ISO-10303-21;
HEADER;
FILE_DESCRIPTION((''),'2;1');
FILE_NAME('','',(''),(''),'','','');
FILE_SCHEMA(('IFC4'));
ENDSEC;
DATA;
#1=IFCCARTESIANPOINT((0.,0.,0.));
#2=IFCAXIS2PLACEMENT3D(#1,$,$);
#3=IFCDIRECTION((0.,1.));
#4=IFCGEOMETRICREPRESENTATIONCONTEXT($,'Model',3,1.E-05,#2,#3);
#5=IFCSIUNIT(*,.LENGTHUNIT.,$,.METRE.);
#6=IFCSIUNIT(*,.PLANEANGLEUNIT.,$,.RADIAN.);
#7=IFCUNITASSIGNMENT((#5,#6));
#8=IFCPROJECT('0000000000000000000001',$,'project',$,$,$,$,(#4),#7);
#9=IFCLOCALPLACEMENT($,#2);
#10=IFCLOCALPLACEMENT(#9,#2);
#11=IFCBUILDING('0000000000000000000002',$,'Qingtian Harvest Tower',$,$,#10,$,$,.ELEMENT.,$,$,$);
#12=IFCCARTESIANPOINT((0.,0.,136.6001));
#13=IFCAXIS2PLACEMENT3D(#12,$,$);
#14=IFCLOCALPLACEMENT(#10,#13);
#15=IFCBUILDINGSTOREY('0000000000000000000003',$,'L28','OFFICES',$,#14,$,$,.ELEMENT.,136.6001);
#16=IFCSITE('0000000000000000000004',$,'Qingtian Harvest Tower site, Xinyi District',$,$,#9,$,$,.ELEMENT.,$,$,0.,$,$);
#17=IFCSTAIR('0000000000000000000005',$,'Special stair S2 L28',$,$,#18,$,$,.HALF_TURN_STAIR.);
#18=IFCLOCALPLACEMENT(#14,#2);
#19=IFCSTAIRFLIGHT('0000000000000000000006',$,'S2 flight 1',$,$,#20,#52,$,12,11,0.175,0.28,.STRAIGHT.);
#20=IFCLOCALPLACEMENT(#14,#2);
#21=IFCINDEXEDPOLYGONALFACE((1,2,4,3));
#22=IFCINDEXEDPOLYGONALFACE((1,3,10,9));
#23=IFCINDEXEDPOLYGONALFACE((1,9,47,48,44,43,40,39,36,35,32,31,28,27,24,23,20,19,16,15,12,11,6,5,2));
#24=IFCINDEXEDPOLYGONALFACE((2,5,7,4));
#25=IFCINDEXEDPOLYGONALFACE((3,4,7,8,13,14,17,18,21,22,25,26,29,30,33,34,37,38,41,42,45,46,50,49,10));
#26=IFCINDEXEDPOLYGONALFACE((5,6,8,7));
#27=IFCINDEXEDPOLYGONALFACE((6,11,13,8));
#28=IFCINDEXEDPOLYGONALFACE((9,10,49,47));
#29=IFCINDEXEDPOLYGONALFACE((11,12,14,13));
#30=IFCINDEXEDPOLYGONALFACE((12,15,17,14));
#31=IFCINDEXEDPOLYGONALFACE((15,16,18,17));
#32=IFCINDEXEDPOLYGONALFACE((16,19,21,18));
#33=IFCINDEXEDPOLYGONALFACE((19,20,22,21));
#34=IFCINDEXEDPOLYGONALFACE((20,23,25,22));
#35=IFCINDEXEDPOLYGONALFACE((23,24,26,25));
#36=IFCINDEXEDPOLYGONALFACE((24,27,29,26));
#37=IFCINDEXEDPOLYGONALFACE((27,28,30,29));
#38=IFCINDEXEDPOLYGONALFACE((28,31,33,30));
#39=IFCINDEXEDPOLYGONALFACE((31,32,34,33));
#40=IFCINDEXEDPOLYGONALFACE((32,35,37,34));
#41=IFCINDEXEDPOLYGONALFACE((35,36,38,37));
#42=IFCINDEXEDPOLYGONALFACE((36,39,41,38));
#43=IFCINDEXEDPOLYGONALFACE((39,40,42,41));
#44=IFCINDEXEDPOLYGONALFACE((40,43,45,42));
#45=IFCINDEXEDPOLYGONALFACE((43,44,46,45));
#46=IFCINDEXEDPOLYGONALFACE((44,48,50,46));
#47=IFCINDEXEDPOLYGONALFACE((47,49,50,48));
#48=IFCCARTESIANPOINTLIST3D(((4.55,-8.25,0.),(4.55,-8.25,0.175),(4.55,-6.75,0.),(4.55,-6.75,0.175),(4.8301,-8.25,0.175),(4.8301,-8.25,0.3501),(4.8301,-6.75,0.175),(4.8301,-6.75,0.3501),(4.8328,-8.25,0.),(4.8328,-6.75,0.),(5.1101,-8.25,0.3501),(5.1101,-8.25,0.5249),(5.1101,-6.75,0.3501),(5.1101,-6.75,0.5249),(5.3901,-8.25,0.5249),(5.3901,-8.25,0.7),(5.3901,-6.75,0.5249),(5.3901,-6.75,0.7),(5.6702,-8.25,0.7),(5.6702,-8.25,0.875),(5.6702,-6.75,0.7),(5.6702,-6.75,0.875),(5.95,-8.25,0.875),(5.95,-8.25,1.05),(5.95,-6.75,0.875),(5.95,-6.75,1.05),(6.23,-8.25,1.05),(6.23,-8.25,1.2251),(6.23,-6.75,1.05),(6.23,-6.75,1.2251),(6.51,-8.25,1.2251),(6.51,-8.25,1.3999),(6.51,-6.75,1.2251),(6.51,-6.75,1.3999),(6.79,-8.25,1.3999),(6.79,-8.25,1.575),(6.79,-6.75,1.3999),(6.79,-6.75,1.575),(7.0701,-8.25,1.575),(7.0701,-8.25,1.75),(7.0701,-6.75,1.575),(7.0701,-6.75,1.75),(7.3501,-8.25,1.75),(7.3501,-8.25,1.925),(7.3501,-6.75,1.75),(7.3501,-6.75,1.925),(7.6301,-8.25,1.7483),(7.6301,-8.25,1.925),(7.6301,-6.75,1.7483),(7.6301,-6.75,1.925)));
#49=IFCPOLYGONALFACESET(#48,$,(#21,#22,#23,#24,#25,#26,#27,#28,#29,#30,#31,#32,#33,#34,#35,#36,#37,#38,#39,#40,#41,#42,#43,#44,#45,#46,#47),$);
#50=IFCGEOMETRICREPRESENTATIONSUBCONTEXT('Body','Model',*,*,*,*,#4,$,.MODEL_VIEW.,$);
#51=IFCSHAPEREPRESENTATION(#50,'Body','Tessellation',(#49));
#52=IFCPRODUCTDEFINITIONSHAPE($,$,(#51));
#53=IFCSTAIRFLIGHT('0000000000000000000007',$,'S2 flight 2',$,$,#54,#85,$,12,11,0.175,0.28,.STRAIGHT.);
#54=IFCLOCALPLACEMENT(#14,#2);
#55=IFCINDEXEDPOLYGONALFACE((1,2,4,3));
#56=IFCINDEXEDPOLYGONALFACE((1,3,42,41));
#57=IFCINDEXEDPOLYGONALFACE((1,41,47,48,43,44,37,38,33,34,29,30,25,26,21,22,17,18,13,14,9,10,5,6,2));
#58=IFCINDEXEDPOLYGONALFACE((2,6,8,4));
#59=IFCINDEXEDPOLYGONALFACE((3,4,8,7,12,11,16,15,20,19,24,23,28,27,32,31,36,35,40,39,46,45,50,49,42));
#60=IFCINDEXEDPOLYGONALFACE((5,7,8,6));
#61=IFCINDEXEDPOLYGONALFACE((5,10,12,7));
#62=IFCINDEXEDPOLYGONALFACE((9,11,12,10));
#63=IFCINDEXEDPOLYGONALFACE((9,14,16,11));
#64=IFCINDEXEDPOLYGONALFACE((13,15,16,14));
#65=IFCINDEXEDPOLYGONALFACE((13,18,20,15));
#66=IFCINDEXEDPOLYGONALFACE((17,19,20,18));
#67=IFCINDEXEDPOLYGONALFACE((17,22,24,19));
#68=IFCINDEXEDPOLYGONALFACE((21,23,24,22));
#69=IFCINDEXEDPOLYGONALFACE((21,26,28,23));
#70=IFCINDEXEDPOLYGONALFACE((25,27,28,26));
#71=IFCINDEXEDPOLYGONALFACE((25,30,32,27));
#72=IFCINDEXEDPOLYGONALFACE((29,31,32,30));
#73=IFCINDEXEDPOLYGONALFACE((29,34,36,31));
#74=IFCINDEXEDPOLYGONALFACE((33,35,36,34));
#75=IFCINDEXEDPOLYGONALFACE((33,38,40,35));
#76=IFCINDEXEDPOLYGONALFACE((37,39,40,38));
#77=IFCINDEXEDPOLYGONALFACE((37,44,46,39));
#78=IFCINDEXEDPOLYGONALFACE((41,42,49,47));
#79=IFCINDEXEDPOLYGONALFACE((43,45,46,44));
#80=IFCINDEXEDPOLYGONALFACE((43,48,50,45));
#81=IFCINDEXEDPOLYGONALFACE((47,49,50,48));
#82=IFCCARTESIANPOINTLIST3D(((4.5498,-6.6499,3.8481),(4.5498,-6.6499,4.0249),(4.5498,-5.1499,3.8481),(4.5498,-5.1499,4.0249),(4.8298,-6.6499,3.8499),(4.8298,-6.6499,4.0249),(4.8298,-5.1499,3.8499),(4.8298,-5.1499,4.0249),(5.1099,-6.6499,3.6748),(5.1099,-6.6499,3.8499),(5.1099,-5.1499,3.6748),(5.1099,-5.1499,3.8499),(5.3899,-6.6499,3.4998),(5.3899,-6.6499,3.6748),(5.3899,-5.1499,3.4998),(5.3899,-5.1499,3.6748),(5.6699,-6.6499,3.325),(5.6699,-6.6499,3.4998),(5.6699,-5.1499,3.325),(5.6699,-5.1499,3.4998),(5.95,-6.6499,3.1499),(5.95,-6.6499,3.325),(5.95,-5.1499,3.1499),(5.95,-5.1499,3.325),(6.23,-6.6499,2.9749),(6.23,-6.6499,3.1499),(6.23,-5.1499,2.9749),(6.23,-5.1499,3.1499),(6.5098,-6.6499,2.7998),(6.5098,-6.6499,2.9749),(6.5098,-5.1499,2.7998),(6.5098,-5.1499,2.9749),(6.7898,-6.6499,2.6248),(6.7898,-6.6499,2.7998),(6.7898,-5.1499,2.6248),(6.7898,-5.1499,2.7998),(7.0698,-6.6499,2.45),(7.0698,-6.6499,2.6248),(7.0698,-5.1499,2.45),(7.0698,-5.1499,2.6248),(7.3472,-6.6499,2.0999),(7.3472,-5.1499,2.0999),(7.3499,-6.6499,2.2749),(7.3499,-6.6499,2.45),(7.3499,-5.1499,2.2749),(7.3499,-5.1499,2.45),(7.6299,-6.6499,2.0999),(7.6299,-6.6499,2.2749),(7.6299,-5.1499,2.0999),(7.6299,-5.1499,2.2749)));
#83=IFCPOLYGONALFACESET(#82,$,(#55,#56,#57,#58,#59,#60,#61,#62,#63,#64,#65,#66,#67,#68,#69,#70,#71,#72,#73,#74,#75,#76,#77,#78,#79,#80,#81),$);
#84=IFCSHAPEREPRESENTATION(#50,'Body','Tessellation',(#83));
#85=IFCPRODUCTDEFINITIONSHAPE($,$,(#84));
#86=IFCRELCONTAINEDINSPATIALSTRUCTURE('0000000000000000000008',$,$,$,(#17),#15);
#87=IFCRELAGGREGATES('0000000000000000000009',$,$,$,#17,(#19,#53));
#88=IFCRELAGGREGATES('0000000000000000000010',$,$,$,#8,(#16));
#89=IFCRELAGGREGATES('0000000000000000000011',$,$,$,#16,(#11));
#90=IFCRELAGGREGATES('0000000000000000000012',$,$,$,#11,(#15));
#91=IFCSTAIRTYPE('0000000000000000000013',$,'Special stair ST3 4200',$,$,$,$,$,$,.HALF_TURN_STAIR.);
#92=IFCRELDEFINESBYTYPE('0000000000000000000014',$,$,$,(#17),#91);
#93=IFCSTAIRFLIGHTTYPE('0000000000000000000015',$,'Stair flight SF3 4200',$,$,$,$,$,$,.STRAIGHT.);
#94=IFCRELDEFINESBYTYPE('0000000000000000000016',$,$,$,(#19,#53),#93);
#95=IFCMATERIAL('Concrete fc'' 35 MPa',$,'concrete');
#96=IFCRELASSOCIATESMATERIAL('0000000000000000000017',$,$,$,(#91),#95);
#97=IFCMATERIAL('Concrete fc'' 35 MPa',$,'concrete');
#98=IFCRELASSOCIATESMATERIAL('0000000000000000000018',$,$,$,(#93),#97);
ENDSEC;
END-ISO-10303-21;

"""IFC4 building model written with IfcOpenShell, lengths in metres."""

from ifc_helpers import new_model, si_unit, direction, frame, origin, place, context, subcontext, project, spatial, polyline, outline, extrude, material, type_object, element, aggregate, save


model = new_model("IFC4")

# Units and contexts
model_context = context("Model", 3, precision=1e-05, world=origin(), true_north=direction((0.0, 1.0)))
body_context = subcontext(model_context, "Body", "Model", "MODEL_VIEW")
ifc_project = project(units=[si_unit("LENGTHUNIT", "METRE"), si_unit("PLANEANGLEUNIT", "RADIAN")], contexts=[model_context])

# Site, building, storey
site_placement = place(None, origin())
site = spatial("IfcSite", under=ifc_project, at=site_placement, Name="Qingtian Harvest Tower site, Xinyi District", CompositionType="ELEMENT", RefElevation=0.0)
building_placement = place(site_placement, origin())
building = spatial("IfcBuilding", under=site, at=building_placement, Name="Qingtian Harvest Tower", CompositionType="ELEMENT")
storey_placement = place(building_placement, frame((0.0, 0.0, 136.6001)))
storey = spatial("IfcBuildingStorey", under=building, at=storey_placement, Name="L28", Description="OFFICES", CompositionType="ELEMENT", Elevation=136.6001)

# Stair, stair flights
ifc_material_1 = material(Name="Concrete fc' 35 MPa", Category="concrete")
stair_type = type_object("IfcStairType", Name="Special stair ST3 4200", PredefinedType="HALF_TURN_STAIR", material=ifc_material_1)
stair_placement = place(storey_placement, origin())
stair = element("IfcStair", 1, at=stair_placement, inside=storey, type_object=stair_type, Name="Special stair S2 L28", PredefinedType="HALF_TURN_STAIR")
ifc_material_2 = material(Name="Concrete fc' 35 MPa", Category="concrete")
stair_flight_type = type_object("IfcStairFlightType", Name="Stair flight SF3 4200", PredefinedType="STRAIGHT", material=ifc_material_2)
stair_flight_1_placement = place(storey_placement, frame((4.55, -7.5, 0.0), z_axis=(0.0, 0.0, 1.0), x_axis=(1.0, 0.0, 0.0)))
stair_flight_1 = element("IfcStairFlight", 2, at=stair_flight_1_placement, type_object=stair_flight_type, Name="S2 flight 1", NumberOfRisers=12, NumberOfTreads=11, PredefinedType="STRAIGHT", RiserHeight=0.175, TreadLength=0.28, context=body_context, shape_type="SweptSolid", body=[
    extrude(outline(polyline([(0.0, 0.0), (0.0, 0.175), (0.28, 0.175), (0.28, 0.3501), (0.5601, 0.3501), (0.5601, 0.5249), (0.8401, 0.5249), (0.8401, 0.7), (1.1201, 0.7), (1.1201, 0.875), (1.3999, 0.875), (1.3999, 1.05), (1.6799, 1.05), (1.6799, 1.2251), (1.96, 1.2251), (1.96, 1.3999), (2.24, 1.3999), (2.24, 1.575), (2.52, 1.575), (2.52, 1.75), (2.8, 1.75), (2.8, 1.925), (3.0801, 1.925), (3.0801, 2.1001), (3.0801, 1.7483), (0.2827, 0.0), (0.0, 0.0)])), frame((0.0, 0.75, 0.0), z_axis=(0.0, -1.0, 0.0), x_axis=(1.0, 0.0, 0.0)), (0.0, 0.0, 1.0), 1.5),
])
stair_flight_2_placement = place(storey_placement, frame((7.6299, -5.8999, 2.0999), z_axis=(0.0, 0.0, 1.0), x_axis=(-1.0, 0.0, 0.0)))
stair_flight_2 = element("IfcStairFlight", 3, at=stair_flight_2_placement, type_object=stair_flight_type, Name="S2 flight 2", NumberOfRisers=12, NumberOfTreads=11, PredefinedType="STRAIGHT", RiserHeight=0.175, TreadLength=0.28, context=body_context, shape_type="SweptSolid", body=[
    extrude(outline(polyline([(0.0, 0.0), (0.0, 0.175), (0.28, 0.175), (0.28, 0.3501), (0.5601, 0.3501), (0.5601, 0.5249), (0.8401, 0.5249), (0.8401, 0.7), (1.1201, 0.7), (1.1201, 0.875), (1.3999, 0.875), (1.3999, 1.05), (1.6799, 1.05), (1.6799, 1.2251), (1.96, 1.2251), (1.96, 1.3999), (2.24, 1.3999), (2.24, 1.575), (2.52, 1.575), (2.52, 1.75), (2.8, 1.75), (2.8, 1.925), (3.0801, 1.925), (3.0801, 2.1001), (3.0801, 1.7483), (0.2827, 0.0), (0.0, 0.0)])), frame((0.0, 0.75, 0.0), z_axis=(0.0, -1.0, 0.0), x_axis=(1.0, 0.0, 0.0)), (0.0, 0.0, 1.0), 1.5),
])
aggregate(stair, [stair_flight_1, stair_flight_2])

save(model, "model.ifc")
